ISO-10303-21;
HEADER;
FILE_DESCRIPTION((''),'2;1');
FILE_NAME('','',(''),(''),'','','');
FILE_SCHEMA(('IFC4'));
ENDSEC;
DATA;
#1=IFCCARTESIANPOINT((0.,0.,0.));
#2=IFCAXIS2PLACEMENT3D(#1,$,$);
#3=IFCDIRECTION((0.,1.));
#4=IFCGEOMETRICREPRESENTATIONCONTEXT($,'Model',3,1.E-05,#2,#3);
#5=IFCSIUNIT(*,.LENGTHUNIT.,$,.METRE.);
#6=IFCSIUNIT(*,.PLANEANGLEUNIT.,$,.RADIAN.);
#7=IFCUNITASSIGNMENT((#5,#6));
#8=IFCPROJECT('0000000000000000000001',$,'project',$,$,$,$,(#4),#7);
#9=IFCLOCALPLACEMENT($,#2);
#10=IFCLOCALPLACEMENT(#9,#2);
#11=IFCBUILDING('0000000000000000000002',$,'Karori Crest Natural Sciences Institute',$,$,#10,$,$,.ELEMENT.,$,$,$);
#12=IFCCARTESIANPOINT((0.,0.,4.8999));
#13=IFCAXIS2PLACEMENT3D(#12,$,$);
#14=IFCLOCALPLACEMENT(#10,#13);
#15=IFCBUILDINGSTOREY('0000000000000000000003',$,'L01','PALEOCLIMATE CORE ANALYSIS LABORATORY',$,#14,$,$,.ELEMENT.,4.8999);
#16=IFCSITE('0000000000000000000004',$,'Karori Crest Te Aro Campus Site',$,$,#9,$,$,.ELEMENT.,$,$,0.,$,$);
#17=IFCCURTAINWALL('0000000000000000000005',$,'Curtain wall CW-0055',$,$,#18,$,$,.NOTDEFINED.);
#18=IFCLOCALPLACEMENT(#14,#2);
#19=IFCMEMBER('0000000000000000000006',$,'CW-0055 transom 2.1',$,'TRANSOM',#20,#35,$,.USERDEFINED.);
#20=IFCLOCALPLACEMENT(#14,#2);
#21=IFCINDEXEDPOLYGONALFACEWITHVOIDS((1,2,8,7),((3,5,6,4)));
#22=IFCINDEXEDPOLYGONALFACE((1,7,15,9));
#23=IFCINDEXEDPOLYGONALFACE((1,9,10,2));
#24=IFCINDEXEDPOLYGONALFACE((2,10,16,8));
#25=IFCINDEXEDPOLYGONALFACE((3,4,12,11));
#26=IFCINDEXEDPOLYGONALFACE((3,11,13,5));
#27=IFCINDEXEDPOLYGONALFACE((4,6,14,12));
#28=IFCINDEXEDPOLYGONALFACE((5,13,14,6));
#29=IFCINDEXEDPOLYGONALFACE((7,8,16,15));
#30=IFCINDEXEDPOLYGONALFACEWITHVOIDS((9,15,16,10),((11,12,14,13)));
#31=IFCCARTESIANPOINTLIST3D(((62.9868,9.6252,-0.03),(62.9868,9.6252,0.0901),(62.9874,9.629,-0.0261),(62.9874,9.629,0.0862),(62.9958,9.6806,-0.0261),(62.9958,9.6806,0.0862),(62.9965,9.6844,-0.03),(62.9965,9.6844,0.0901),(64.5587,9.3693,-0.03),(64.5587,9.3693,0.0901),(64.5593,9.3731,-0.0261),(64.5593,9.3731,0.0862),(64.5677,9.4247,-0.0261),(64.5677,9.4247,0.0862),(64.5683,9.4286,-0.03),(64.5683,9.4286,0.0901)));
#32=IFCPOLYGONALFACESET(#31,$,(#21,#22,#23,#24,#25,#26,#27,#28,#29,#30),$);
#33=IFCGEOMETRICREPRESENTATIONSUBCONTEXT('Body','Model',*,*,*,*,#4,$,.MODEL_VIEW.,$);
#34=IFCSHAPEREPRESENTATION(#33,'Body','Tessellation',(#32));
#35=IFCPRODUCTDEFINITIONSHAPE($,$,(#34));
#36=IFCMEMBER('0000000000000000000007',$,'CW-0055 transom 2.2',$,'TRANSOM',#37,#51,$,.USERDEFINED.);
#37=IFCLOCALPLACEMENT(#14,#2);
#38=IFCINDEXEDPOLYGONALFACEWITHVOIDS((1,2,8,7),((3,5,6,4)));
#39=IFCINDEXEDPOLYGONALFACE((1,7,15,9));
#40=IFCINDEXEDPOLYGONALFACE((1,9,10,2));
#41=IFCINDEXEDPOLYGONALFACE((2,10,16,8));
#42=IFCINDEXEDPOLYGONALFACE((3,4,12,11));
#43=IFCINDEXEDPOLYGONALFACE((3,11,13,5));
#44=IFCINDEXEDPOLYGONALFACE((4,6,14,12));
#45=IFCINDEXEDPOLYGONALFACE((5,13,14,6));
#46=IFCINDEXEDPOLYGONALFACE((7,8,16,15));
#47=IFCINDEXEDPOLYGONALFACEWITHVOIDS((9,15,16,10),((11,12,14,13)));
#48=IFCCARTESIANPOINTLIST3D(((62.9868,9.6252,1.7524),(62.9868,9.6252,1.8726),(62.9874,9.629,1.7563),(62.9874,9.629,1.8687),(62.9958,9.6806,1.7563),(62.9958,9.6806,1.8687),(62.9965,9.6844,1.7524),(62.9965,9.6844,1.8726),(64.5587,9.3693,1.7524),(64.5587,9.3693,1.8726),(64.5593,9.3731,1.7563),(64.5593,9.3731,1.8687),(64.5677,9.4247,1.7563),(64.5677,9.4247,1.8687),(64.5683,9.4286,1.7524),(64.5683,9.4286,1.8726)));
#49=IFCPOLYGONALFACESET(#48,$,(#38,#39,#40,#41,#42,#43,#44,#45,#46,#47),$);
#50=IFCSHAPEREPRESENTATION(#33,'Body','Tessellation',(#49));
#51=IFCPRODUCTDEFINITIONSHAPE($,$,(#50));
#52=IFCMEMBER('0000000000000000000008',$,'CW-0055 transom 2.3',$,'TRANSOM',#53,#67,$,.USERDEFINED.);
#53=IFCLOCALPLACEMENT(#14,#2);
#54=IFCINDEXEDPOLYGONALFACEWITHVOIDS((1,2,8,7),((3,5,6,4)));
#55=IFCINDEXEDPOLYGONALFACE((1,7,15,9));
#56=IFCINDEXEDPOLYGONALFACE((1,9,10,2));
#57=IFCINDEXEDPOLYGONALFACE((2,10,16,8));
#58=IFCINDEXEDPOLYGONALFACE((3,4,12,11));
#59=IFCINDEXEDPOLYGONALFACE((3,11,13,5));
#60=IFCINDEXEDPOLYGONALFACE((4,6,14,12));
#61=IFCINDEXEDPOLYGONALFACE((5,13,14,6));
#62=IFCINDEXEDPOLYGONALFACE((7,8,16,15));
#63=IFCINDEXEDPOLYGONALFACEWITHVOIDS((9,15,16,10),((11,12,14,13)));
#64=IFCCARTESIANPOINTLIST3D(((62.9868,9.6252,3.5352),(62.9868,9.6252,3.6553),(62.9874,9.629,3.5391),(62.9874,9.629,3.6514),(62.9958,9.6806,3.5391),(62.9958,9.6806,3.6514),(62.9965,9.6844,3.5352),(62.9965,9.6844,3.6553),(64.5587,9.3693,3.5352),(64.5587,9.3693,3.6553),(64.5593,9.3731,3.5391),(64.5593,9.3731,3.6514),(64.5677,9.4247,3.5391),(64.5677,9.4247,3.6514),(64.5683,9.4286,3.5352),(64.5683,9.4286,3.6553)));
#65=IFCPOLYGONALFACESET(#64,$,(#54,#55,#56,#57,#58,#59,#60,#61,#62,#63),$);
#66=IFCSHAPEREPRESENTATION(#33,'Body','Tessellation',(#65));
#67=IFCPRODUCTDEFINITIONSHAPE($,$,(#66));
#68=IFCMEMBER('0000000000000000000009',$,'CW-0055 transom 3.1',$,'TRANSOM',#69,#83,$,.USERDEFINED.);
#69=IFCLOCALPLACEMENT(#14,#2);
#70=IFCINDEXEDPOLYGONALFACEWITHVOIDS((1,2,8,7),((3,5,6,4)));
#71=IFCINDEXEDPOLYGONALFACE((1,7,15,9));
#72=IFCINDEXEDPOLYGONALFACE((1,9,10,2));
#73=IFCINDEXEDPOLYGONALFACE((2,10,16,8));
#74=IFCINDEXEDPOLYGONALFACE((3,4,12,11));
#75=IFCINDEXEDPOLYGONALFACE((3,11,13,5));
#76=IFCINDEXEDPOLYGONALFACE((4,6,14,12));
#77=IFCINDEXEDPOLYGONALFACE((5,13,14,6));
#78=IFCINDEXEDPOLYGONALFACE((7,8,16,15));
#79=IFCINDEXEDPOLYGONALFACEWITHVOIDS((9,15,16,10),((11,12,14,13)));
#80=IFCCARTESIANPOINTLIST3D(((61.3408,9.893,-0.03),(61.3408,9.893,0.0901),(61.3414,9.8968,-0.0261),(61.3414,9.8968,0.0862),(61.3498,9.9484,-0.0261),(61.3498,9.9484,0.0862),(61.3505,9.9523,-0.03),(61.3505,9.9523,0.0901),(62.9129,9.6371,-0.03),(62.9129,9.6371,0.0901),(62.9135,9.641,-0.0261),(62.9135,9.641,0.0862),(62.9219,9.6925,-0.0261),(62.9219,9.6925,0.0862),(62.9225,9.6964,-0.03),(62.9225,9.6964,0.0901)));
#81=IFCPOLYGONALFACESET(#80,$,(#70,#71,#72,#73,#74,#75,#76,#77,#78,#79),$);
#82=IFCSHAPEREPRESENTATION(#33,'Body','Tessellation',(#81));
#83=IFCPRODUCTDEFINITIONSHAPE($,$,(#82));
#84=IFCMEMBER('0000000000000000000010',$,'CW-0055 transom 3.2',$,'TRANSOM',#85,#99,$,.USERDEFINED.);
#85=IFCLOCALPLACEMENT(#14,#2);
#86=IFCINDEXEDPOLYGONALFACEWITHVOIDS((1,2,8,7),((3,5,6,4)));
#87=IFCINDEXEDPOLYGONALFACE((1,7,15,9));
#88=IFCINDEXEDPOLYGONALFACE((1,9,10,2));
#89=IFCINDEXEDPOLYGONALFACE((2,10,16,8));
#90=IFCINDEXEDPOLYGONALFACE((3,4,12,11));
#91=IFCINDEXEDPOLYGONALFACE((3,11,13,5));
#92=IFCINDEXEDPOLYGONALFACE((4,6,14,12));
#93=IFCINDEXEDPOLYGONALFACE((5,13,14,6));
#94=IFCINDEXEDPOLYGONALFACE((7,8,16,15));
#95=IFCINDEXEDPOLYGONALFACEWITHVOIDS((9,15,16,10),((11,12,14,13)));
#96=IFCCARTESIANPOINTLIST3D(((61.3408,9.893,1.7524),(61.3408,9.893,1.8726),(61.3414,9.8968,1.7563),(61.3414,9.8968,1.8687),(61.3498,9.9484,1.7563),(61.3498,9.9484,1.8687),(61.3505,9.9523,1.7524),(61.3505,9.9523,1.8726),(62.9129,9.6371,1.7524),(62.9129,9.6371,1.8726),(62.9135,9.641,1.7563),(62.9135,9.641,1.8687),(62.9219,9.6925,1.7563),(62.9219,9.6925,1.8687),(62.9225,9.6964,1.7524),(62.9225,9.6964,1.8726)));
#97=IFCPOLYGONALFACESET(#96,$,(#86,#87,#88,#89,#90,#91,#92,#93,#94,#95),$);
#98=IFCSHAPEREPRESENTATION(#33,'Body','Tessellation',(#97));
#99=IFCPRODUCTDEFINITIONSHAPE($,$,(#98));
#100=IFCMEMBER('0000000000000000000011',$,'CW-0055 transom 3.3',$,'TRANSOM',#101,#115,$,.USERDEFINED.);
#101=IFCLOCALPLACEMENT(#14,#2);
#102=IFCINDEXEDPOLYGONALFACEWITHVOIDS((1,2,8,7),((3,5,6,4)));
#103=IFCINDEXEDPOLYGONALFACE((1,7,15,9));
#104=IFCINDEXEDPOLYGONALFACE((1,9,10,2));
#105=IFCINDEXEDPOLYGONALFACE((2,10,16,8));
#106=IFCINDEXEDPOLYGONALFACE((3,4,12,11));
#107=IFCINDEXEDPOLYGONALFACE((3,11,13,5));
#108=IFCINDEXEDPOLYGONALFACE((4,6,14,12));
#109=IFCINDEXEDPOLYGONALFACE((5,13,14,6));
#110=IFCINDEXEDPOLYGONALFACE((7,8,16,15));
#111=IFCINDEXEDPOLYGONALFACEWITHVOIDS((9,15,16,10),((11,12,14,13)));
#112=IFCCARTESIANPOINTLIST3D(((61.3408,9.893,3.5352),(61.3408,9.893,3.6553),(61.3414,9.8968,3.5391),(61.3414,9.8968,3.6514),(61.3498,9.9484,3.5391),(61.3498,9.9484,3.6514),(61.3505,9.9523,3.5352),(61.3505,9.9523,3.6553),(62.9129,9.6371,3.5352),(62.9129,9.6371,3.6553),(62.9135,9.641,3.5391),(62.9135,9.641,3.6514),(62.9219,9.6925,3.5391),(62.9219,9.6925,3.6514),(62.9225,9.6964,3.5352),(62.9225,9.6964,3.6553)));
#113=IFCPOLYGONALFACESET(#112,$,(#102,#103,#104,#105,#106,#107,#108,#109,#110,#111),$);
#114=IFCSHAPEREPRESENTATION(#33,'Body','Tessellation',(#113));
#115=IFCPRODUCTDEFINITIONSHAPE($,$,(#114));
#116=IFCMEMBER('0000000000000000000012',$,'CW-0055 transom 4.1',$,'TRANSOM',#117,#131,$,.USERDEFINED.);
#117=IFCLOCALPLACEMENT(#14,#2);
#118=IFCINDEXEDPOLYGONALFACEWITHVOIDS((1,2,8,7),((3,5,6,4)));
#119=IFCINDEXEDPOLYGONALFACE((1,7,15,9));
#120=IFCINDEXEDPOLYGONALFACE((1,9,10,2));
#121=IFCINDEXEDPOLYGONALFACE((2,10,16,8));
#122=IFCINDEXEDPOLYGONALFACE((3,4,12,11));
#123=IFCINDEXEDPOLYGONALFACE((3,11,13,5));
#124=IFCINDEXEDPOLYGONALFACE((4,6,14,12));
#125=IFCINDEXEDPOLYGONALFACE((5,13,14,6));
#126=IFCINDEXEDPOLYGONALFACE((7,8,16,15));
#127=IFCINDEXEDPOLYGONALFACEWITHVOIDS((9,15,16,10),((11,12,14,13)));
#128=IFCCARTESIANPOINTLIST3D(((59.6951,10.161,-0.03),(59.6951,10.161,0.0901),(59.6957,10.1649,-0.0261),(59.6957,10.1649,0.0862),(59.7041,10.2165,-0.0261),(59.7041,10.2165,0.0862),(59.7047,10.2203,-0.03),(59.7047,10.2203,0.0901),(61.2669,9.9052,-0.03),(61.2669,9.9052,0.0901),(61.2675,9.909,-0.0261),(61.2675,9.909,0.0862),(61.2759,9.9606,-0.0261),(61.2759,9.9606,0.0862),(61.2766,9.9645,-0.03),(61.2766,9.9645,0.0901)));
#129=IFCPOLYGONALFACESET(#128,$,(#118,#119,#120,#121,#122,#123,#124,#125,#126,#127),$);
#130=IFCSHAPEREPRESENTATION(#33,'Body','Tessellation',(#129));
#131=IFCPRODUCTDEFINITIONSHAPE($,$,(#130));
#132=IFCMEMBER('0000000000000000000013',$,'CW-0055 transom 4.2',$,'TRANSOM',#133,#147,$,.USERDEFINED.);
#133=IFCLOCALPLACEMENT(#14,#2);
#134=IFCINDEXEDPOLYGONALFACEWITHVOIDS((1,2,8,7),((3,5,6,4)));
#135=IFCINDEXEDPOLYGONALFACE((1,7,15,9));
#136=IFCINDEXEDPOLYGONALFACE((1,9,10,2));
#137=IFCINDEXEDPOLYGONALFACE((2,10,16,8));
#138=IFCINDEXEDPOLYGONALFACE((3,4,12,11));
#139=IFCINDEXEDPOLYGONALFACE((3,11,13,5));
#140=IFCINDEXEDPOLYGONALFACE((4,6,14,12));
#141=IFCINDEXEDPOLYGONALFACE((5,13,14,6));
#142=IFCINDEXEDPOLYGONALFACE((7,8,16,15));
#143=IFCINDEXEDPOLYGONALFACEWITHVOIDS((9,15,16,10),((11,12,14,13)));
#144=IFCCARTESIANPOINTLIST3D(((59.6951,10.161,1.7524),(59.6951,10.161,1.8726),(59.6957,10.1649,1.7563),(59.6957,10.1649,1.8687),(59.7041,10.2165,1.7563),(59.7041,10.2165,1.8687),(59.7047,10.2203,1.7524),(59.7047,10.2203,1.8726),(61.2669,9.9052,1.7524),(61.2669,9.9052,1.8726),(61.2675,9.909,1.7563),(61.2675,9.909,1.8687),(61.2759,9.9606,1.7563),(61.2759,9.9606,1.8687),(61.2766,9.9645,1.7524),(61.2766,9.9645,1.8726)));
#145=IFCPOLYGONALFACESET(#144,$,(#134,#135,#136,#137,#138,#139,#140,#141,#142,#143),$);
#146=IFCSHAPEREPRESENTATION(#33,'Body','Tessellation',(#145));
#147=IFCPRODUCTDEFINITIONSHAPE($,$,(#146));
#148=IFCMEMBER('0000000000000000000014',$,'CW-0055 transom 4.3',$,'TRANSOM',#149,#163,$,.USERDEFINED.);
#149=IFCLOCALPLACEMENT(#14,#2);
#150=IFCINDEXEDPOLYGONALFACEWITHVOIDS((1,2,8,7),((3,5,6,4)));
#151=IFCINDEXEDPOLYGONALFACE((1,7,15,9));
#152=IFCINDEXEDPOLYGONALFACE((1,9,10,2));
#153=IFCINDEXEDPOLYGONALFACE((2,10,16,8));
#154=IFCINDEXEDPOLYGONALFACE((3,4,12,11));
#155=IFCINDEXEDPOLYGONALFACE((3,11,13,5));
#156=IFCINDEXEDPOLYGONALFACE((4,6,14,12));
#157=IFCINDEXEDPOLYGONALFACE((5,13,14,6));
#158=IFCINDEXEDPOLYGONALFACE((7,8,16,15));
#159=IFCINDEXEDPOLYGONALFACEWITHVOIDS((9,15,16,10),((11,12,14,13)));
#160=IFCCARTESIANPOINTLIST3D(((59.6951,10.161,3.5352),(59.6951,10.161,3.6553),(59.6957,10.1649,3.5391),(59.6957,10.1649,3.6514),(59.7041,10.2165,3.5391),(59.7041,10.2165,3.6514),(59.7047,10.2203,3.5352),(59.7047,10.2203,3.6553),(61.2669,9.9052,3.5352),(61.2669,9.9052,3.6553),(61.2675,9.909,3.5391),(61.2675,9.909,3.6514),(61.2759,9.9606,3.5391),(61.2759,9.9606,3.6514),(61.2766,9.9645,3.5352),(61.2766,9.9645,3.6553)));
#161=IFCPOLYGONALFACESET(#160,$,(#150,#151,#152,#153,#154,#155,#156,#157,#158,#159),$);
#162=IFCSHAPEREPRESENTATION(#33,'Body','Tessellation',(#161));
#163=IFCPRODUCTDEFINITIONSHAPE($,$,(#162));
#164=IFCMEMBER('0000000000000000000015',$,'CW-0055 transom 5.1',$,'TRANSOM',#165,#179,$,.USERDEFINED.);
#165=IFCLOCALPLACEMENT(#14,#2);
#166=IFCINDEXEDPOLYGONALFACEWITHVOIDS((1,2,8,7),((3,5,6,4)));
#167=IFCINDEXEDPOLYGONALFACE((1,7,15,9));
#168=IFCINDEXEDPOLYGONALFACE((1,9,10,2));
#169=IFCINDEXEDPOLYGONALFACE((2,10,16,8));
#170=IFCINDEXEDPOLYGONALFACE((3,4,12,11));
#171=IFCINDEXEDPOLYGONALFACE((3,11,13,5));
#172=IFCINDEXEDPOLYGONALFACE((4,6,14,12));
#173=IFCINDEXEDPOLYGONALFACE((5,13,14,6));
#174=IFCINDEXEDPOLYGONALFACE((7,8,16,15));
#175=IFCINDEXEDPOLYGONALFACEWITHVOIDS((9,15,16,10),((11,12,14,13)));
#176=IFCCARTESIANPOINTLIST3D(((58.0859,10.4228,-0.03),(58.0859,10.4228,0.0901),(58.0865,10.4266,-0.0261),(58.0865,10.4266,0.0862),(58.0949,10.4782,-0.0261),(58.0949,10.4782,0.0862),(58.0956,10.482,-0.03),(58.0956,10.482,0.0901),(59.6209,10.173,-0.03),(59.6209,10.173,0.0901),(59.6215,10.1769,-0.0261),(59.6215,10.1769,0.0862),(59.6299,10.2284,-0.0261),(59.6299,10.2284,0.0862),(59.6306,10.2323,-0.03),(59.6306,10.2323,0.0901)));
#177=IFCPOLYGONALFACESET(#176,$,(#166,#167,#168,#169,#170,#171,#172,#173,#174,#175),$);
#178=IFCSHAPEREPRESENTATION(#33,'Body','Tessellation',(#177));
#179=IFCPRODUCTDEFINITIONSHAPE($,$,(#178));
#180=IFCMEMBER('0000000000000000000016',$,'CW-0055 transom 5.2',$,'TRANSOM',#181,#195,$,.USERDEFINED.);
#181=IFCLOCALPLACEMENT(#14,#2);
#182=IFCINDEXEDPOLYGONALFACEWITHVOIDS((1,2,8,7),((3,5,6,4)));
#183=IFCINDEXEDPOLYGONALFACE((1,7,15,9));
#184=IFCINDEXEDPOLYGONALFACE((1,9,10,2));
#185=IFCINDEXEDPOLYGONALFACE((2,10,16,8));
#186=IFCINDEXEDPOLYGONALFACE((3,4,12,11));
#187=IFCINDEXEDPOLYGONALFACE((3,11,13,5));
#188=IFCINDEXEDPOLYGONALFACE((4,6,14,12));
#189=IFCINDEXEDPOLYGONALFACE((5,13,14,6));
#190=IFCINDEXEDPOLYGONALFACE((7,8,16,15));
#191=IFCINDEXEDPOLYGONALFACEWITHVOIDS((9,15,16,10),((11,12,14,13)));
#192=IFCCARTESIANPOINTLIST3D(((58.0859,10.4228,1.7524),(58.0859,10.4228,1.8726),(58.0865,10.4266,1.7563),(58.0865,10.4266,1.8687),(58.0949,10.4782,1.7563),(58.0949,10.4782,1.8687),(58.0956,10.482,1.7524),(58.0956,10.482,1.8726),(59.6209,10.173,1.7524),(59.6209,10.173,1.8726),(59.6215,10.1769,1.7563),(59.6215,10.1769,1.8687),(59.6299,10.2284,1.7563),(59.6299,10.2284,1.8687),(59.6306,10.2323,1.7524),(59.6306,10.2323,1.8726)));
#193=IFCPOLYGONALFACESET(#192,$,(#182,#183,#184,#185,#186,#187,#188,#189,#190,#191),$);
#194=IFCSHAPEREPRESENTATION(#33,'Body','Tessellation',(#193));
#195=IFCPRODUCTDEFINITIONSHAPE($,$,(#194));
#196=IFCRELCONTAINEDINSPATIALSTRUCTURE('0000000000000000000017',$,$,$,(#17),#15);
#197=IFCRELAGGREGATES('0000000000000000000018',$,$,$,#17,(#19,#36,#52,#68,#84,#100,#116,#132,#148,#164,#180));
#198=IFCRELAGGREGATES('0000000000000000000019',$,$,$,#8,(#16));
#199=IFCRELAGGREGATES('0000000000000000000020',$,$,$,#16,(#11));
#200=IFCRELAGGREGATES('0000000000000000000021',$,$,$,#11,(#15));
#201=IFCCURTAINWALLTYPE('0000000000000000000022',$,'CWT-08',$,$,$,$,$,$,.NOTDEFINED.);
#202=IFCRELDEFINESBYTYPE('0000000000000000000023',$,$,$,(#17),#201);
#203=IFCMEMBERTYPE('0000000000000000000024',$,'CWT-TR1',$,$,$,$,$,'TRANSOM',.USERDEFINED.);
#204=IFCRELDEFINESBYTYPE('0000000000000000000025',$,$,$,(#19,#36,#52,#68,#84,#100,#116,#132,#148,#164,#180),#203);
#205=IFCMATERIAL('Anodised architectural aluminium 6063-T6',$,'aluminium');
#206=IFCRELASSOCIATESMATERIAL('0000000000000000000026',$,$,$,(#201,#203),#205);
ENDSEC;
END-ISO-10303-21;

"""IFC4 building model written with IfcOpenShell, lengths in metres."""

from ifc_helpers import new_model, si_unit, direction, frame, origin, origin_2d, place, context, subcontext, project, spatial, hollow_rectangle, extrude, material, material_profile, profile_set, type_object, element, aggregate, save


model = new_model("IFC4")

# Units and contexts
model_context = context("Model", 3, precision=1e-05, world=origin(), true_north=direction((0.0, 1.0)))
body_context = subcontext(model_context, "Body", "Model", "MODEL_VIEW")
ifc_project = project(units=[si_unit("LENGTHUNIT", "METRE"), si_unit("PLANEANGLEUNIT", "RADIAN")], contexts=[model_context])

# Site, building, storey
site_placement = place(None, origin())
site = spatial("IfcSite", under=ifc_project, at=site_placement, Name="Karori Crest Te Aro Campus Site", CompositionType="ELEMENT", RefElevation=0.0)
building_placement = place(site_placement, origin())
building = spatial("IfcBuilding", under=site, at=building_placement, Name="Karori Crest Natural Sciences Institute", CompositionType="ELEMENT")
storey_placement = place(building_placement, frame((0.0, 0.0, 4.8999)))
storey = spatial("IfcBuildingStorey", under=building, at=storey_placement, Name="L01", Description="PALEOCLIMATE CORE ANALYSIS LABORATORY", CompositionType="ELEMENT", Elevation=4.8999)

# Curtain wall, members
ifc_material_1 = material(Name="Anodised architectural aluminium 6063-T6", Category="aluminium")
curtain_wall_type = type_object("IfcCurtainWallType", Name="CWT-08", PredefinedType="NOTDEFINED", material=ifc_material_1)
curtain_wall_placement = place(storey_placement, origin())
curtain_wall = element("IfcCurtainWall", 1, at=curtain_wall_placement, inside=storey, type_object=curtain_wall_type, Name="Curtain wall CW-0055", PredefinedType="NOTDEFINED")
ifc_material_profile_1 = material_profile(ifc_material_1, hollow_rectangle(XDim=0.0601, YDim=0.1201, WallThickness=0.0039, at=origin_2d()), Name="CWT120x60x4")
ifc_profile_set_1 = profile_set([ifc_material_profile_1], Name="Anodised architectural aluminium 6063-T6")
member_type_1 = type_object("IfcMemberType", Name="CWT-TR1", ElementType="TRANSOM", PredefinedType="USERDEFINED", material=ifc_profile_set_1)
member_1_placement = place(storey_placement, frame((64.5635, 9.3989, 0.03), z_axis=(-0.987008, 0.160669, 0.0), x_axis=(-0.160669, -0.987008, 0.0)))
member_1 = element("IfcMember", 2, at=member_1_placement, type_object=member_type_1, Name="CW-0055 transom 2.1", ObjectType="TRANSOM", PredefinedType="USERDEFINED", context=body_context, shape_type="SweptSolid", body=[
    extrude(hollow_rectangle(XDim=0.0601, YDim=0.1201, WallThickness=0.0039, at=origin_2d()), origin(), (0.0, 0.0, 1.0), 1.5925),
])
member_2_placement = place(storey_placement, frame((64.5635, 9.3989, 1.8125), z_axis=(-0.987008, 0.160669, 0.0), x_axis=(-0.160669, -0.987008, 0.0)))
member_2 = element("IfcMember", 3, at=member_2_placement, type_object=member_type_1, Name="CW-0055 transom 2.2", ObjectType="TRANSOM", PredefinedType="USERDEFINED", context=body_context, shape_type="SweptSolid", body=[
    extrude(hollow_rectangle(XDim=0.0601, YDim=0.1201, WallThickness=0.0039, at=origin_2d()), origin(), (0.0, 0.0, 1.0), 1.5925),
])
member_3_placement = place(storey_placement, frame((64.5635, 9.3989, 3.5952), z_axis=(-0.987008, 0.160669, 0.0), x_axis=(-0.160669, -0.987008, 0.0)))
member_3 = element("IfcMember", 4, at=member_3_placement, type_object=member_type_1, Name="CW-0055 transom 2.3", ObjectType="TRANSOM", PredefinedType="USERDEFINED", context=body_context, shape_type="SweptSolid", body=[
    extrude(hollow_rectangle(XDim=0.0601, YDim=0.1201, WallThickness=0.0039, at=origin_2d()), origin(), (0.0, 0.0, 1.0), 1.5925),
])
member_4_placement = place(storey_placement, frame((62.9177, 9.6667, 0.03), z_axis=(-0.987012, 0.160644, 0.0), x_axis=(-0.160644, -0.987012, 0.0)))
member_4 = element("IfcMember", 5, at=member_4_placement, type_object=member_type_1, Name="CW-0055 transom 3.1", ObjectType="TRANSOM", PredefinedType="USERDEFINED", context=body_context, shape_type="SweptSolid", body=[
    extrude(hollow_rectangle(XDim=0.0601, YDim=0.1201, WallThickness=0.0039, at=origin_2d()), origin(), (0.0, 0.0, 1.0), 1.5928),
])
member_5_placement = place(storey_placement, frame((62.9177, 9.6667, 1.8125), z_axis=(-0.987012, 0.160644, 0.0), x_axis=(-0.160644, -0.987012, 0.0)))
member_5 = element("IfcMember", 6, at=member_5_placement, type_object=member_type_1, Name="CW-0055 transom 3.2", ObjectType="TRANSOM", PredefinedType="USERDEFINED", context=body_context, shape_type="SweptSolid", body=[
    extrude(hollow_rectangle(XDim=0.0601, YDim=0.1201, WallThickness=0.0039, at=origin_2d()), origin(), (0.0, 0.0, 1.0), 1.5928),
])
member_6_placement = place(storey_placement, frame((62.9177, 9.6667, 3.5952), z_axis=(-0.987012, 0.160644, 0.0), x_axis=(-0.160644, -0.987012, 0.0)))
member_6 = element("IfcMember", 7, at=member_6_placement, type_object=member_type_1, Name="CW-0055 transom 3.3", ObjectType="TRANSOM", PredefinedType="USERDEFINED", context=body_context, shape_type="SweptSolid", body=[
    extrude(hollow_rectangle(XDim=0.0601, YDim=0.1201, WallThickness=0.0039, at=origin_2d()), origin(), (0.0, 0.0, 1.0), 1.5928),
])
member_7_placement = place(storey_placement, frame((61.2717, 9.9348, 0.03), z_axis=(-0.987008, 0.160669, 0.0), x_axis=(-0.160669, -0.987008, 0.0)))
member_7 = element("IfcMember", 8, at=member_7_placement, type_object=member_type_1, Name="CW-0055 transom 4.1", ObjectType="TRANSOM", PredefinedType="USERDEFINED", context=body_context, shape_type="SweptSolid", body=[
    extrude(hollow_rectangle(XDim=0.0601, YDim=0.1201, WallThickness=0.0039, at=origin_2d()), origin(), (0.0, 0.0, 1.0), 1.5925),
])
member_8_placement = place(storey_placement, frame((61.2717, 9.9348, 1.8125), z_axis=(-0.987008, 0.160669, 0.0), x_axis=(-0.160669, -0.987008, 0.0)))
member_8 = element("IfcMember", 9, at=member_8_placement, type_object=member_type_1, Name="CW-0055 transom 4.2", ObjectType="TRANSOM", PredefinedType="USERDEFINED", context=body_context, shape_type="SweptSolid", body=[
    extrude(hollow_rectangle(XDim=0.0601, YDim=0.1201, WallThickness=0.0039, at=origin_2d()), origin(), (0.0, 0.0, 1.0), 1.5925),
])
member_9_placement = place(storey_placement, frame((61.2717, 9.9348, 3.5952), z_axis=(-0.987008, 0.160669, 0.0), x_axis=(-0.160669, -0.987008, 0.0)))
member_9 = element("IfcMember", 10, at=member_9_placement, type_object=member_type_1, Name="CW-0055 transom 4.3", ObjectType="TRANSOM", PredefinedType="USERDEFINED", context=body_context, shape_type="SweptSolid", body=[
    extrude(hollow_rectangle(XDim=0.0601, YDim=0.1201, WallThickness=0.0039, at=origin_2d()), origin(), (0.0, 0.0, 1.0), 1.5925),
])
member_10_placement = place(storey_placement, frame((59.6257, 10.2026, 0.03), z_axis=(-0.987019, 0.160604, 0.0), x_axis=(-0.160604, -0.987019, 0.0)))
member_10 = element("IfcMember", 11, at=member_10_placement, type_object=member_type_1, Name="CW-0055 transom 5.1", ObjectType="TRANSOM", PredefinedType="USERDEFINED", context=body_context, shape_type="SweptSolid", body=[
    extrude(hollow_rectangle(XDim=0.0601, YDim=0.1201, WallThickness=0.0039, at=origin_2d()), origin(), (0.0, 0.0, 1.0), 1.5552),
])
member_11_placement = place(storey_placement, frame((59.6257, 10.2026, 1.8125), z_axis=(-0.987019, 0.160604, 0.0), x_axis=(-0.160604, -0.987019, 0.0)))
member_11 = element("IfcMember", 12, at=member_11_placement, type_object=member_type_1, Name="CW-0055 transom 5.2", ObjectType="TRANSOM", PredefinedType="USERDEFINED", context=body_context, shape_type="SweptSolid", body=[
    extrude(hollow_rectangle(XDim=0.0601, YDim=0.1201, WallThickness=0.0039, at=origin_2d()), origin(), (0.0, 0.0, 1.0), 1.5552),
])
aggregate(curtain_wall, [member_1, member_2, member_3, member_4, member_5, member_6, member_7, member_8, member_9, member_10, member_11])

save(model, "model.ifc")
